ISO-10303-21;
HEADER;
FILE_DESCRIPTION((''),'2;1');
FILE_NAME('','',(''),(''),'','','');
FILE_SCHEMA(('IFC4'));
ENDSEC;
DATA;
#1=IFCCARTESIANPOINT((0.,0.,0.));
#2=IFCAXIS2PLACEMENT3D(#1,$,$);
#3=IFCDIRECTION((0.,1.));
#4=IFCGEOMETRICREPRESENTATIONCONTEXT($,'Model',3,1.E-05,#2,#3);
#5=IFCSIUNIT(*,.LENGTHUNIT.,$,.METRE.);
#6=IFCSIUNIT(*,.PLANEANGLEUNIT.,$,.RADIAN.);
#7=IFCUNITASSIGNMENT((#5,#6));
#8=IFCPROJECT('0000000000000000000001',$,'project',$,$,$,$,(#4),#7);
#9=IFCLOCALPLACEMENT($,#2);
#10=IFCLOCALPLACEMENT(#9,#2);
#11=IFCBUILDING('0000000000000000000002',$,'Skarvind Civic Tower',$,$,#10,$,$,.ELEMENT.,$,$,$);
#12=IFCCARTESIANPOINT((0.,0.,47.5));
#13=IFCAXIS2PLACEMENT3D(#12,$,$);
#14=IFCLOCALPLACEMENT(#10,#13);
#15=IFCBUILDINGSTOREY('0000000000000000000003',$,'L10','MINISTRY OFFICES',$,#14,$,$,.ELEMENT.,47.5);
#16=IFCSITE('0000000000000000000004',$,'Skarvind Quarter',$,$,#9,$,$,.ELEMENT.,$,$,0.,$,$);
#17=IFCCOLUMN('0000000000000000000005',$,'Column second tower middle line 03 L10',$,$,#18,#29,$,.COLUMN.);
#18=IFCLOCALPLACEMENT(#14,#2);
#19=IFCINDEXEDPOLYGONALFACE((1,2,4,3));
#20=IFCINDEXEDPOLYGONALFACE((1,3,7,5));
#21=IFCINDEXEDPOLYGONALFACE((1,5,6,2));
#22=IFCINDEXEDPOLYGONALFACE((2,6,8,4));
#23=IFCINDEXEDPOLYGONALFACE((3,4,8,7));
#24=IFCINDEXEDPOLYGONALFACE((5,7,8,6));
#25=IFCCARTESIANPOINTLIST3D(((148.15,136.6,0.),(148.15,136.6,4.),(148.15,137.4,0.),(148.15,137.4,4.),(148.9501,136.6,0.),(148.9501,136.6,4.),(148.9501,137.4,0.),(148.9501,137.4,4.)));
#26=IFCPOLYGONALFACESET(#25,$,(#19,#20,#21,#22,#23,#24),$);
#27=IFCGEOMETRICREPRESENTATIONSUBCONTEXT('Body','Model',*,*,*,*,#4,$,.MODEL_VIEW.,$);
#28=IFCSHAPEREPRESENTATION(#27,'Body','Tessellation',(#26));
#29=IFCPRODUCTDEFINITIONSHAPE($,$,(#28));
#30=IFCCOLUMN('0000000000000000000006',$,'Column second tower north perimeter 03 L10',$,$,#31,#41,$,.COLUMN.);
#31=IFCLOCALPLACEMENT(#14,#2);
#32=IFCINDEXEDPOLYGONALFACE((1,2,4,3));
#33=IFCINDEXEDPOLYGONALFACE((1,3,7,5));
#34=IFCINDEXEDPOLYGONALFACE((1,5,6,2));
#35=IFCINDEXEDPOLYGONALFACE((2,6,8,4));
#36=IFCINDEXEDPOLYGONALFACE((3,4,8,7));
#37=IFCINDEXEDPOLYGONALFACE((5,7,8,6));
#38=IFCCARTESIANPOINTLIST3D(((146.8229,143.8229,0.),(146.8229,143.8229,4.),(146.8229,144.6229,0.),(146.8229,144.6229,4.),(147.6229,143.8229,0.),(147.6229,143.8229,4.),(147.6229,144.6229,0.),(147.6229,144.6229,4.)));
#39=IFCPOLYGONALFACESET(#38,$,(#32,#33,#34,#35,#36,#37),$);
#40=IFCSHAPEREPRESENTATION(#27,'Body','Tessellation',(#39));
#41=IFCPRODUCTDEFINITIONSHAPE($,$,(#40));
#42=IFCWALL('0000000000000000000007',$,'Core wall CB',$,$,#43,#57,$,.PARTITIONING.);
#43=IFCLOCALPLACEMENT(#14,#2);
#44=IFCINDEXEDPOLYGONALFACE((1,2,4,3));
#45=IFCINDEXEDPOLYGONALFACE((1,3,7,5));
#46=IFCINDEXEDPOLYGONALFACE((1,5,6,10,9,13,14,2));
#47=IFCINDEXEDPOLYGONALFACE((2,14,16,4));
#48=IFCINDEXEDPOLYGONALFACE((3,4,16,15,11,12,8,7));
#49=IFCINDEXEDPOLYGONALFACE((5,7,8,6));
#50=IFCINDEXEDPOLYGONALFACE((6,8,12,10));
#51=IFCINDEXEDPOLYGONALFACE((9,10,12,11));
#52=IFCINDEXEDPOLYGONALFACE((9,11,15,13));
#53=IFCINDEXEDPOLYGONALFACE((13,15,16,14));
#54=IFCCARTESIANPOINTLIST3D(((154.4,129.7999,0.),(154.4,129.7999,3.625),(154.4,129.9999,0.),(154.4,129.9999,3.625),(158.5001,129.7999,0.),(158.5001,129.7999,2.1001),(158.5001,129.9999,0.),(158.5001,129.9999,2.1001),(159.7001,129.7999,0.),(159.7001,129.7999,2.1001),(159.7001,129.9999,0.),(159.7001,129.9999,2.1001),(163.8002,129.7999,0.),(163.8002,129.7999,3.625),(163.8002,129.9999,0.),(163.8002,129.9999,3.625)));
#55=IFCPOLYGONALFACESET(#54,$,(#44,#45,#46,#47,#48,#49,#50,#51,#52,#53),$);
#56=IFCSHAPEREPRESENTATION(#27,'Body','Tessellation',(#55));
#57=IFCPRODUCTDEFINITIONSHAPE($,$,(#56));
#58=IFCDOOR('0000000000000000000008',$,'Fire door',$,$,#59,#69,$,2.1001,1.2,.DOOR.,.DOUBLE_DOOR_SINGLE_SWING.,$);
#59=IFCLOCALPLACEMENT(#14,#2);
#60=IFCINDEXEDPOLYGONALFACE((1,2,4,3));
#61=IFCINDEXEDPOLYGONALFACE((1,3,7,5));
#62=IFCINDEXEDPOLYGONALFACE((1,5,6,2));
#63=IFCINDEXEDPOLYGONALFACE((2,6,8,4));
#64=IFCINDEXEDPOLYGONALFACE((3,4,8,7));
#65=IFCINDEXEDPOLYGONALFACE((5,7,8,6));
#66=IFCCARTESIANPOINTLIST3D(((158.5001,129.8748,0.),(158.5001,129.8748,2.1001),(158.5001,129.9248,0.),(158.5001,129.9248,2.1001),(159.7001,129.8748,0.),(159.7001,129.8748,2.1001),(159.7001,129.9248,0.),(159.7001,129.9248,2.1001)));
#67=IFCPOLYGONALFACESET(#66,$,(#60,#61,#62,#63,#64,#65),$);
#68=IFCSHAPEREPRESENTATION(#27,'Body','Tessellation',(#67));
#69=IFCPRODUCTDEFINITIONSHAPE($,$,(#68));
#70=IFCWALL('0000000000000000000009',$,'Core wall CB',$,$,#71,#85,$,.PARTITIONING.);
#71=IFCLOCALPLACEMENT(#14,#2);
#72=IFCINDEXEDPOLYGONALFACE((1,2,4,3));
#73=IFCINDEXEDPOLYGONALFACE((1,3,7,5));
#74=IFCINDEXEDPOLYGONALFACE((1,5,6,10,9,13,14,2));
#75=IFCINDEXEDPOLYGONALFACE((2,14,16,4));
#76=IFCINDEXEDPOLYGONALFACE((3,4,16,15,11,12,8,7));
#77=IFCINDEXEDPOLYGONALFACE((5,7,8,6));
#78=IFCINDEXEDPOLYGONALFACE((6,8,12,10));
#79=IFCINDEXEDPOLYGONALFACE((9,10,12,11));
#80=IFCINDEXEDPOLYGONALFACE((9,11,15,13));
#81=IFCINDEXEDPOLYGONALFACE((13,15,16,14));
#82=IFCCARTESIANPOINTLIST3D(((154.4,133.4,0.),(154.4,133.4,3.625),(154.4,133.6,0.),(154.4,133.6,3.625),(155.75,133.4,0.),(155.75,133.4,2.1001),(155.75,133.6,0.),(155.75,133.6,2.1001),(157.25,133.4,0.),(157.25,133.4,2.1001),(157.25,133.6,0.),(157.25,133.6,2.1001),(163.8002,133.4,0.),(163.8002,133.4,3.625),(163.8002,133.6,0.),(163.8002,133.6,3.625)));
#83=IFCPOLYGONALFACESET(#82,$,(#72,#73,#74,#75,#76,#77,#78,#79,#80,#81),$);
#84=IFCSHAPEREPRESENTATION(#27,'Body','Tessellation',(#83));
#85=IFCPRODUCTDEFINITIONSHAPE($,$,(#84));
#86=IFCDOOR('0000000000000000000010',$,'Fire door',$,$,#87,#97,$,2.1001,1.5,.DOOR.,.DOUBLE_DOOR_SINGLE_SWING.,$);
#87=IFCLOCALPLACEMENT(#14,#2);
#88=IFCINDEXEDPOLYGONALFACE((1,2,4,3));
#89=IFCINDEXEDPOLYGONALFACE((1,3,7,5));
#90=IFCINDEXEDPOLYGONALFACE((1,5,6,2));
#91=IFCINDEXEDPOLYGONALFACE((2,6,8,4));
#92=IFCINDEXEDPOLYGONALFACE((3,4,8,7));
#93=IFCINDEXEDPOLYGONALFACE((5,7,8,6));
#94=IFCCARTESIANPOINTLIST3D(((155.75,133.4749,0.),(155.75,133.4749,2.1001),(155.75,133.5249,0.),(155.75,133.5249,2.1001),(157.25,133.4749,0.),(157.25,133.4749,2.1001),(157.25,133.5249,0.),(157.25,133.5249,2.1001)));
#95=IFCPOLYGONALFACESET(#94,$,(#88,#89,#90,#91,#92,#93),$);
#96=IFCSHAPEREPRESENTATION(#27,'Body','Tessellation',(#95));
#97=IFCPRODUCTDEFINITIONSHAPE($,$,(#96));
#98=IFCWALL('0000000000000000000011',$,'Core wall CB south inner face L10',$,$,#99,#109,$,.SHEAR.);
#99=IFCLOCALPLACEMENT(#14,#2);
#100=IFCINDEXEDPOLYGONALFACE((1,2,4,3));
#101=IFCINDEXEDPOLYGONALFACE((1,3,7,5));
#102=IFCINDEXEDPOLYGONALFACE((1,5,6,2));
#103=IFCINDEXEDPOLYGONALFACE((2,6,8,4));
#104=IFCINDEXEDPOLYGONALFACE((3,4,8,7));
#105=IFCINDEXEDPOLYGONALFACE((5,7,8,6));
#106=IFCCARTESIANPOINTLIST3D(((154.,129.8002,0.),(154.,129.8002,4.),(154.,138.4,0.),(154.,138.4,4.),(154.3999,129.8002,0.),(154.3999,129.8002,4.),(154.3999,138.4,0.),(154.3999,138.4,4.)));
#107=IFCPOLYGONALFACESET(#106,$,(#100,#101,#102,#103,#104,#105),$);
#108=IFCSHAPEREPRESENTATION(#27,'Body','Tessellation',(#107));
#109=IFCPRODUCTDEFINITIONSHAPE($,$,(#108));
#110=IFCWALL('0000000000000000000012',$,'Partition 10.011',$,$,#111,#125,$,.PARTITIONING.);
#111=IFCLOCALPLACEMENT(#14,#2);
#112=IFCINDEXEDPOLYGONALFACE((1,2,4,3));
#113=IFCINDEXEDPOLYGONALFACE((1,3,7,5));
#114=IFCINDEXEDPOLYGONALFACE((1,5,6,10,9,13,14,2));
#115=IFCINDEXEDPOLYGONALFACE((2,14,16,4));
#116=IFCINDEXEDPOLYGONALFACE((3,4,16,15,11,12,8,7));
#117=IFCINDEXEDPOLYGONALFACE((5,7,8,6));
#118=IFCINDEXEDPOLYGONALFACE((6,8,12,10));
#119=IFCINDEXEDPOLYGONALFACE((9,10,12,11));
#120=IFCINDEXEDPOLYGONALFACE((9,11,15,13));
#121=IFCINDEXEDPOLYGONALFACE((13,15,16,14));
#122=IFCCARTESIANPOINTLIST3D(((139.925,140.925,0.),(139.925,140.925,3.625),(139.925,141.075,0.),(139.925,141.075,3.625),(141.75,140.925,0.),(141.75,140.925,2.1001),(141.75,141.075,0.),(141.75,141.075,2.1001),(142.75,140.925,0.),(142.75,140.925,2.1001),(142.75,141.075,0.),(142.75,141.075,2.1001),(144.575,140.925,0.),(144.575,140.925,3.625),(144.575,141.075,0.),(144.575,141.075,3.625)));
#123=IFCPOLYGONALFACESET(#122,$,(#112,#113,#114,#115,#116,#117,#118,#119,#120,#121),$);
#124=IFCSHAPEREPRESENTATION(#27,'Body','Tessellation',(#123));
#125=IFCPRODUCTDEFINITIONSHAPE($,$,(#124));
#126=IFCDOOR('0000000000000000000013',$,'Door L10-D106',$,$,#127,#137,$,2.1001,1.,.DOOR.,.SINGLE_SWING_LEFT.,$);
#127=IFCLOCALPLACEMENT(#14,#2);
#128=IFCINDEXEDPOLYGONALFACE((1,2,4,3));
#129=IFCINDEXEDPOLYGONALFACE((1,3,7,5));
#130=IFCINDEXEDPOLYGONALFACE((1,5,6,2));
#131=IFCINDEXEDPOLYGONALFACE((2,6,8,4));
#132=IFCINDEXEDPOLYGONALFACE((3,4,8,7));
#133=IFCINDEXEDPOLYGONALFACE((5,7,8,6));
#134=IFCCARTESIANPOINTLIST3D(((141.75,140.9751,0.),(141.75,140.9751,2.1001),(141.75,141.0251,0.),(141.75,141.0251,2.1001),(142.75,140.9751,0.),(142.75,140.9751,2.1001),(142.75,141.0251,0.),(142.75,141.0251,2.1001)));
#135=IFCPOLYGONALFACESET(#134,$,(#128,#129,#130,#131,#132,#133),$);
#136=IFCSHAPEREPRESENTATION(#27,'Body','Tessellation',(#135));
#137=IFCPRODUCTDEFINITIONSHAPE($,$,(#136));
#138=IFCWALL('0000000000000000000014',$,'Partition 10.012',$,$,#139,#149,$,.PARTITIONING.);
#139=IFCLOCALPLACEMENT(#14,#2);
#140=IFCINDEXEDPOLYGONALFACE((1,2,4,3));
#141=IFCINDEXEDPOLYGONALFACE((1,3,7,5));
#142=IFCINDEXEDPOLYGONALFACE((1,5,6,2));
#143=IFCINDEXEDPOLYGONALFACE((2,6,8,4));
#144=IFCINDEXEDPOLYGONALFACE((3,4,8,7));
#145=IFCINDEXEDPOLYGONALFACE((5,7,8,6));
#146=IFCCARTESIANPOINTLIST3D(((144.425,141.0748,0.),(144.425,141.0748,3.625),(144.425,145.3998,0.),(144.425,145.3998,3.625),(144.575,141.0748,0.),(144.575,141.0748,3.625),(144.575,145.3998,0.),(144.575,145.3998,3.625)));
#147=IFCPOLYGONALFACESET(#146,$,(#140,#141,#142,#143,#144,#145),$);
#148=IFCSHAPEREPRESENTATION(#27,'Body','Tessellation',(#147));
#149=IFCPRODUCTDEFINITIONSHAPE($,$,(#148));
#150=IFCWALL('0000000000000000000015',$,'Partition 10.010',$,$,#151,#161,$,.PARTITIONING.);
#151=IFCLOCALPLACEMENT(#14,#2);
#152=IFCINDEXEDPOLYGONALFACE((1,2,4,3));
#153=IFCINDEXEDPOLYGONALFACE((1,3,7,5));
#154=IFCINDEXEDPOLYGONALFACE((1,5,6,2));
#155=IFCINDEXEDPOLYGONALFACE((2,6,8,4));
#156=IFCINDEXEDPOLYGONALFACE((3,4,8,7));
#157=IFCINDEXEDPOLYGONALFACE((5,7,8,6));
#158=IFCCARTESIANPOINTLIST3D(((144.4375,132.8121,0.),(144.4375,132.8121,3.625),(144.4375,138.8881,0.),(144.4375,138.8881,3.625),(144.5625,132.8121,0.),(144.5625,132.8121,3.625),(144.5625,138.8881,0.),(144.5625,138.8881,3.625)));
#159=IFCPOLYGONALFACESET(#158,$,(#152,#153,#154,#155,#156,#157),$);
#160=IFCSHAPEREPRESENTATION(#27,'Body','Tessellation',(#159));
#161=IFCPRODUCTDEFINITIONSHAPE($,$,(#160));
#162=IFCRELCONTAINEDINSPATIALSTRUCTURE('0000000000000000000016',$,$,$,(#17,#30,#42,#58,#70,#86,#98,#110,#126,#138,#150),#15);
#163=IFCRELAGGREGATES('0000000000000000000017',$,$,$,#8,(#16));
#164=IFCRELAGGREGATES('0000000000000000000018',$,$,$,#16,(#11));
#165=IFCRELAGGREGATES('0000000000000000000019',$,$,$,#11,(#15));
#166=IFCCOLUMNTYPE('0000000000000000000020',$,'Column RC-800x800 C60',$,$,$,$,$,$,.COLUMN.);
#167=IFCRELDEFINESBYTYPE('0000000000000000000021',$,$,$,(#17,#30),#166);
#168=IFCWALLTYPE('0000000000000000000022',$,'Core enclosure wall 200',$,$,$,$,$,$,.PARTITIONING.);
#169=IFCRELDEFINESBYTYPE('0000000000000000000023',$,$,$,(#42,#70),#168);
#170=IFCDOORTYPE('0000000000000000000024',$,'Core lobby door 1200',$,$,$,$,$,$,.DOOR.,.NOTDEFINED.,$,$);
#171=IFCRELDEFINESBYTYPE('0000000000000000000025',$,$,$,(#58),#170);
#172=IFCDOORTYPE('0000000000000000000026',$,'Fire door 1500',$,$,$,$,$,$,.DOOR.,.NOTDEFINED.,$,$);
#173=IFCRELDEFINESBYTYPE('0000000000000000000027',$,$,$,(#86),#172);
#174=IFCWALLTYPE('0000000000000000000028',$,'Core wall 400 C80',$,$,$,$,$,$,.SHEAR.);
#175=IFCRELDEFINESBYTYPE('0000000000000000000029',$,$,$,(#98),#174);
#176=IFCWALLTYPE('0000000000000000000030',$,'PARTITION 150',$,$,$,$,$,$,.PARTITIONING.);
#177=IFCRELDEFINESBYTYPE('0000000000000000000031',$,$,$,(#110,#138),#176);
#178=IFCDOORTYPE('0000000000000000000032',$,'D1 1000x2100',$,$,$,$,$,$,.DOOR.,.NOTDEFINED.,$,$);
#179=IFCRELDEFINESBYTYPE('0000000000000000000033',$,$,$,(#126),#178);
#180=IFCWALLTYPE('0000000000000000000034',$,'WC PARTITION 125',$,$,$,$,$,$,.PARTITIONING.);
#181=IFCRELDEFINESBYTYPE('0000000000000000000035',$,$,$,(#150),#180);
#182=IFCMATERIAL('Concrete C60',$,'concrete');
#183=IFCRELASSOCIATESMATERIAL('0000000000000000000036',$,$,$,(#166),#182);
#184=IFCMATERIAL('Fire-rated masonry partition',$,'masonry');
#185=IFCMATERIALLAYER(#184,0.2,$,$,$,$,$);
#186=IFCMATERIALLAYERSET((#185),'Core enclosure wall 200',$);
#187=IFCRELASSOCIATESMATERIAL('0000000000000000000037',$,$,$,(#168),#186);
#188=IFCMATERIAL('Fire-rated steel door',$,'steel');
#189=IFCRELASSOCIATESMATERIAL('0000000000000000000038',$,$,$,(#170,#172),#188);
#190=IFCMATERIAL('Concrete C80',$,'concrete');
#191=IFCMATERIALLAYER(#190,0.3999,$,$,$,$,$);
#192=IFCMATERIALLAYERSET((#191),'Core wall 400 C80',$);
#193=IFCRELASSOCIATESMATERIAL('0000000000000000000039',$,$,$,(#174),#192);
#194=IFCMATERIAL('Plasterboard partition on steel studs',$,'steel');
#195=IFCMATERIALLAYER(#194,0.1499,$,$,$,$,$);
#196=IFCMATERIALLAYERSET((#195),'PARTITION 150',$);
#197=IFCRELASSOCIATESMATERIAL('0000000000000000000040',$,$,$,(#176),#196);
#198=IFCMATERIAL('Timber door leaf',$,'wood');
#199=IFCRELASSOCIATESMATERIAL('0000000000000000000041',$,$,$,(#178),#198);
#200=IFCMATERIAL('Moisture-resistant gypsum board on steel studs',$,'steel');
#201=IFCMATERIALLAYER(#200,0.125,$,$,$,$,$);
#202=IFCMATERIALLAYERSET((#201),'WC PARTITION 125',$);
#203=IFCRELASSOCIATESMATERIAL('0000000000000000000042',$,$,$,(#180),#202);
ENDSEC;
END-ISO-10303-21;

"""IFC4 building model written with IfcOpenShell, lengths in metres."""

from ifc_helpers import new_model, si_unit, direction, frame, frame_2d, origin, origin_2d, place, context, subcontext, project, spatial, rectangle, extrude, material, layer, layer_set, material_profile, profile_set, type_object, element, fill, save


model = new_model("IFC4")

# Units and contexts
model_context = context("Model", 3, precision=1e-05, world=origin(), true_north=direction((0.0, 1.0)))
body_context = subcontext(model_context, "Body", "Model", "MODEL_VIEW")
ifc_project = project(units=[si_unit("LENGTHUNIT", "METRE"), si_unit("PLANEANGLEUNIT", "RADIAN")], contexts=[model_context])

# Site, building, storey
site_placement = place(None, origin())
site = spatial("IfcSite", under=ifc_project, at=site_placement, Name="Skarvind Quarter", CompositionType="ELEMENT", RefElevation=0.0)
building_placement = place(site_placement, origin())
building = spatial("IfcBuilding", under=site, at=building_placement, Name="Skarvind Civic Tower", CompositionType="ELEMENT")
storey_placement = place(building_placement, frame((0.0, 0.0, 47.5)))
storey = spatial("IfcBuildingStorey", under=building, at=storey_placement, Name="L10", Description="MINISTRY OFFICES", CompositionType="ELEMENT", Elevation=47.5)

# Columns
ifc_material_1 = material(Name="Concrete C60", Category="concrete")
ifc_material_profile = material_profile(ifc_material_1, rectangle(XDim=0.8, YDim=0.8, at=origin_2d()), Name="RC-800x800")
ifc_profile_set = profile_set([ifc_material_profile], Name="Concrete C60")
column_type = type_object("IfcColumnType", Name="Column RC-800x800 C60", PredefinedType="COLUMN", material=ifc_profile_set)
for number, where, z_axis, x_axis, name in (
    (1, (148.55, 137.0, 0.0), (0.0, 0.0, 1.0), (1.0, 0.0, 0.0), "Column second tower middle line 03 L10"),
    (2, (147.2229, 144.2229, 0.0), (0.0, 0.0, 1.0), (1.0, 0.0, 0.0), "Column second tower north perimeter 03 L10"),
):
    element("IfcColumn", number, at=place(storey_placement, frame(where, z_axis=z_axis, x_axis=x_axis)), inside=storey, type_object=column_type, Name=name, PredefinedType="COLUMN", context=body_context, shape_type="SweptSolid", body=[
        extrude(rectangle(XDim=0.8, YDim=0.8, at=origin_2d()), origin(), (0.0, 0.0, 1.0), 4.0),
    ])

# Walls, openings, doors
ifc_material_2 = material(Name="Fire-rated masonry partition", Category="masonry")
ifc_layer_1 = layer(ifc_material_2, 0.2)
ifc_layer_set_1 = layer_set([ifc_layer_1], Name="Core enclosure wall 200")
wall_type_1 = type_object("IfcWallType", Name="Core enclosure wall 200", PredefinedType="PARTITIONING", material=ifc_layer_set_1)
wall_1_placement = place(storey_placement, frame((154.3999, 129.8999, 0.0), z_axis=(0.0, 0.0, 1.0), x_axis=(1.0, 0.0, 0.0)))
wall_1 = element("IfcWall", 3, at=wall_1_placement, inside=storey, type_object=wall_type_1, Name="Core wall CB", PredefinedType="PARTITIONING", context=body_context, shape_type="SweptSolid", body=[
    extrude(rectangle(XDim=9.4001, YDim=0.2, at=frame_2d((4.7002, 0.0))), origin(), (0.0, 0.0, 1.0), 3.625),
])
opening_1_placement = place(wall_1_placement, frame((4.1001, 0.0, 0.0)))
opening_1 = element("IfcOpeningElement", 4, at=opening_1_placement, cuts=wall_1, PredefinedType="OPENING", context=body_context, shape_type="SweptSolid", body=[
    extrude(rectangle(XDim=1.2, YDim=2.1001, at=frame_2d((0.6001, 1.05))), frame((0.0, 0.1099, 0.0), z_axis=(0.0, -1.0, 0.0), x_axis=(1.0, 0.0, 0.0)), (0.0, 0.0, 1.0), 0.22),
])
ifc_material_3 = material(Name="Fire-rated steel door", Category="steel")
door_type_1 = type_object("IfcDoorType", Name="Core lobby door 1200", OperationType="NOTDEFINED", PredefinedType="DOOR", material=ifc_material_3)
door_1_placement = place(opening_1_placement, origin())
door_1 = element("IfcDoor", 5, at=door_1_placement, inside=storey, type_object=door_type_1, Name="Fire door", OperationType="DOUBLE_DOOR_SINGLE_SWING", OverallHeight=2.1001, OverallWidth=1.2, PredefinedType="DOOR", context=body_context, shape_type="SweptSolid", body=[
    extrude(rectangle(XDim=1.2, YDim=2.1001, at=frame_2d((0.6001, 1.05))), frame((0.0, 0.0249, 0.0), z_axis=(0.0, -1.0, 0.0), x_axis=(1.0, 0.0, 0.0)), (0.0, 0.0, 1.0), 0.05),
])
fill(opening_1, door_1)
wall_2_placement = place(storey_placement, frame((154.3999, 133.5, 0.0), z_axis=(0.0, 0.0, 1.0), x_axis=(1.0, 0.0, 0.0)))
wall_2 = element("IfcWall", 6, at=wall_2_placement, inside=storey, type_object=wall_type_1, Name="Core wall CB", PredefinedType="PARTITIONING", context=body_context, shape_type="SweptSolid", body=[
    extrude(rectangle(XDim=9.4001, YDim=0.2, at=frame_2d((4.7002, 0.0))), origin(), (0.0, 0.0, 1.0), 3.625),
])
opening_2_placement = place(wall_2_placement, frame((1.3501, 0.0, 0.0)))
opening_2 = element("IfcOpeningElement", 7, at=opening_2_placement, cuts=wall_2, PredefinedType="OPENING", context=body_context, shape_type="SweptSolid", body=[
    extrude(rectangle(XDim=1.5, YDim=2.1001, at=frame_2d((0.75, 1.05))), frame((0.0, 0.1099, 0.0), z_axis=(0.0, -1.0, 0.0), x_axis=(1.0, 0.0, 0.0)), (0.0, 0.0, 1.0), 0.22),
])
door_type_2 = type_object("IfcDoorType", Name="Fire door 1500", OperationType="NOTDEFINED", PredefinedType="DOOR", material=ifc_material_3)
door_2_placement = place(opening_2_placement, origin())
door_2 = element("IfcDoor", 8, at=door_2_placement, inside=storey, type_object=door_type_2, Name="Fire door", OperationType="DOUBLE_DOOR_SINGLE_SWING", OverallHeight=2.1001, OverallWidth=1.5, PredefinedType="DOOR", context=body_context, shape_type="SweptSolid", body=[
    extrude(rectangle(XDim=1.5, YDim=2.1001, at=frame_2d((0.75, 1.05))), frame((0.0, 0.0249, 0.0), z_axis=(0.0, -1.0, 0.0), x_axis=(1.0, 0.0, 0.0)), (0.0, 0.0, 1.0), 0.05),
])
fill(opening_2, door_2)

# Wall
ifc_material_4 = material(Name="Concrete C80", Category="concrete")
ifc_layer_2 = layer(ifc_material_4, 0.3999)
ifc_layer_set_2 = layer_set([ifc_layer_2], Name="Core wall 400 C80")
wall_type_2 = type_object("IfcWallType", Name="Core wall 400 C80", PredefinedType="SHEAR", material=ifc_layer_set_2)
wall_3_placement = place(storey_placement, frame((154.2, 138.3999, 0.0), z_axis=(0.0, 0.0, 1.0), x_axis=(0.0, -1.0, 0.0)))
element("IfcWall", 9, at=wall_3_placement, inside=storey, type_object=wall_type_2, Name="Core wall CB south inner face L10", PredefinedType="SHEAR", context=body_context, shape_type="SweptSolid", body=[
    extrude(rectangle(XDim=8.5999, YDim=0.3999, at=frame_2d((4.2998, 0.0))), origin(), (0.0, 0.0, 1.0), 4.0),
])

# Wall, opening, door
ifc_material_5 = material(Name="Plasterboard partition on steel studs", Category="steel")
ifc_layer_3 = layer(ifc_material_5, 0.1499)
ifc_layer_set_3 = layer_set([ifc_layer_3], Name="PARTITION 150")
wall_type_3 = type_object("IfcWallType", Name="PARTITION 150", PredefinedType="PARTITIONING", material=ifc_layer_set_3)
wall_4_placement = place(storey_placement, frame((144.575, 141.0, 0.0), z_axis=(0.0, 0.0, 1.0), x_axis=(-1.0, 0.0, 0.0)))
wall_4 = element("IfcWall", 10, at=wall_4_placement, inside=storey, type_object=wall_type_3, Name="Partition 10.011", PredefinedType="PARTITIONING", context=body_context, shape_type="SweptSolid", body=[
    extrude(rectangle(XDim=4.6499, YDim=0.1499, at=frame_2d((2.325, 0.0))), origin(), (0.0, 0.0, 1.0), 3.625),
])
opening_3_placement = place(wall_4_placement, frame((1.825, 0.0, 0.0)))
opening_3 = element("IfcOpeningElement", 11, at=opening_3_placement, cuts=wall_4, PredefinedType="OPENING", context=body_context, shape_type="SweptSolid", body=[
    extrude(rectangle(XDim=1.0, YDim=2.1001, at=frame_2d((0.5, 1.05))), frame((0.0, 0.085, 0.0), z_axis=(0.0, -1.0, 0.0), x_axis=(1.0, 0.0, 0.0)), (0.0, 0.0, 1.0), 0.1699),
])
ifc_material_6 = material(Name="Timber door leaf", Category="wood")
door_type_3 = type_object("IfcDoorType", Name="D1 1000x2100", OperationType="NOTDEFINED", PredefinedType="DOOR", material=ifc_material_6)
door_3_placement = place(opening_3_placement, origin())
door_3 = element("IfcDoor", 12, at=door_3_placement, inside=storey, type_object=door_type_3, Name="Door L10-D106", OperationType="SINGLE_SWING_LEFT", OverallHeight=2.1001, OverallWidth=1.0, PredefinedType="DOOR", context=body_context, shape_type="SweptSolid", body=[
    extrude(rectangle(XDim=1.0, YDim=2.1001, at=frame_2d((0.5, 1.05))), frame((0.0, 0.0249, 0.0), z_axis=(0.0, -1.0, 0.0), x_axis=(1.0, 0.0, 0.0)), (0.0, 0.0, 1.0), 0.05),
])
fill(opening_3, door_3)

# Walls
wall_5_placement = place(storey_placement, frame((144.5, 145.3999, 0.0), z_axis=(0.0, 0.0, 1.0), x_axis=(0.0, -1.0, 0.0)))
element("IfcWall", 13, at=wall_5_placement, inside=storey, type_object=wall_type_3, Name="Partition 10.012", PredefinedType="PARTITIONING", context=body_context, shape_type="SweptSolid", body=[
    extrude(rectangle(XDim=4.325, YDim=0.1499, at=frame_2d((2.1626, 0.0))), origin(), (0.0, 0.0, 1.0), 3.625),
])
ifc_material_7 = material(Name="Moisture-resistant gypsum board on steel studs", Category="steel")
ifc_layer_4 = layer(ifc_material_7, 0.125)
ifc_layer_set_4 = layer_set([ifc_layer_4], Name="WC PARTITION 125")
wall_type_4 = type_object("IfcWallType", Name="WC PARTITION 125", PredefinedType="PARTITIONING", material=ifc_layer_set_4)
wall_6_placement = place(storey_placement, frame((144.5, 132.812, 0.0), z_axis=(0.0, 0.0, 1.0), x_axis=(0.0, 1.0, 0.0)))
element("IfcWall", 14, at=wall_6_placement, inside=storey, type_object=wall_type_4, Name="Partition 10.010", PredefinedType="PARTITIONING", context=body_context, shape_type="SweptSolid", body=[
    extrude(rectangle(XDim=6.0759, YDim=0.125, at=frame_2d((3.0381, 0.0))), origin(), (0.0, 0.0, 1.0), 3.625),
])

save(model, "model.ifc")
